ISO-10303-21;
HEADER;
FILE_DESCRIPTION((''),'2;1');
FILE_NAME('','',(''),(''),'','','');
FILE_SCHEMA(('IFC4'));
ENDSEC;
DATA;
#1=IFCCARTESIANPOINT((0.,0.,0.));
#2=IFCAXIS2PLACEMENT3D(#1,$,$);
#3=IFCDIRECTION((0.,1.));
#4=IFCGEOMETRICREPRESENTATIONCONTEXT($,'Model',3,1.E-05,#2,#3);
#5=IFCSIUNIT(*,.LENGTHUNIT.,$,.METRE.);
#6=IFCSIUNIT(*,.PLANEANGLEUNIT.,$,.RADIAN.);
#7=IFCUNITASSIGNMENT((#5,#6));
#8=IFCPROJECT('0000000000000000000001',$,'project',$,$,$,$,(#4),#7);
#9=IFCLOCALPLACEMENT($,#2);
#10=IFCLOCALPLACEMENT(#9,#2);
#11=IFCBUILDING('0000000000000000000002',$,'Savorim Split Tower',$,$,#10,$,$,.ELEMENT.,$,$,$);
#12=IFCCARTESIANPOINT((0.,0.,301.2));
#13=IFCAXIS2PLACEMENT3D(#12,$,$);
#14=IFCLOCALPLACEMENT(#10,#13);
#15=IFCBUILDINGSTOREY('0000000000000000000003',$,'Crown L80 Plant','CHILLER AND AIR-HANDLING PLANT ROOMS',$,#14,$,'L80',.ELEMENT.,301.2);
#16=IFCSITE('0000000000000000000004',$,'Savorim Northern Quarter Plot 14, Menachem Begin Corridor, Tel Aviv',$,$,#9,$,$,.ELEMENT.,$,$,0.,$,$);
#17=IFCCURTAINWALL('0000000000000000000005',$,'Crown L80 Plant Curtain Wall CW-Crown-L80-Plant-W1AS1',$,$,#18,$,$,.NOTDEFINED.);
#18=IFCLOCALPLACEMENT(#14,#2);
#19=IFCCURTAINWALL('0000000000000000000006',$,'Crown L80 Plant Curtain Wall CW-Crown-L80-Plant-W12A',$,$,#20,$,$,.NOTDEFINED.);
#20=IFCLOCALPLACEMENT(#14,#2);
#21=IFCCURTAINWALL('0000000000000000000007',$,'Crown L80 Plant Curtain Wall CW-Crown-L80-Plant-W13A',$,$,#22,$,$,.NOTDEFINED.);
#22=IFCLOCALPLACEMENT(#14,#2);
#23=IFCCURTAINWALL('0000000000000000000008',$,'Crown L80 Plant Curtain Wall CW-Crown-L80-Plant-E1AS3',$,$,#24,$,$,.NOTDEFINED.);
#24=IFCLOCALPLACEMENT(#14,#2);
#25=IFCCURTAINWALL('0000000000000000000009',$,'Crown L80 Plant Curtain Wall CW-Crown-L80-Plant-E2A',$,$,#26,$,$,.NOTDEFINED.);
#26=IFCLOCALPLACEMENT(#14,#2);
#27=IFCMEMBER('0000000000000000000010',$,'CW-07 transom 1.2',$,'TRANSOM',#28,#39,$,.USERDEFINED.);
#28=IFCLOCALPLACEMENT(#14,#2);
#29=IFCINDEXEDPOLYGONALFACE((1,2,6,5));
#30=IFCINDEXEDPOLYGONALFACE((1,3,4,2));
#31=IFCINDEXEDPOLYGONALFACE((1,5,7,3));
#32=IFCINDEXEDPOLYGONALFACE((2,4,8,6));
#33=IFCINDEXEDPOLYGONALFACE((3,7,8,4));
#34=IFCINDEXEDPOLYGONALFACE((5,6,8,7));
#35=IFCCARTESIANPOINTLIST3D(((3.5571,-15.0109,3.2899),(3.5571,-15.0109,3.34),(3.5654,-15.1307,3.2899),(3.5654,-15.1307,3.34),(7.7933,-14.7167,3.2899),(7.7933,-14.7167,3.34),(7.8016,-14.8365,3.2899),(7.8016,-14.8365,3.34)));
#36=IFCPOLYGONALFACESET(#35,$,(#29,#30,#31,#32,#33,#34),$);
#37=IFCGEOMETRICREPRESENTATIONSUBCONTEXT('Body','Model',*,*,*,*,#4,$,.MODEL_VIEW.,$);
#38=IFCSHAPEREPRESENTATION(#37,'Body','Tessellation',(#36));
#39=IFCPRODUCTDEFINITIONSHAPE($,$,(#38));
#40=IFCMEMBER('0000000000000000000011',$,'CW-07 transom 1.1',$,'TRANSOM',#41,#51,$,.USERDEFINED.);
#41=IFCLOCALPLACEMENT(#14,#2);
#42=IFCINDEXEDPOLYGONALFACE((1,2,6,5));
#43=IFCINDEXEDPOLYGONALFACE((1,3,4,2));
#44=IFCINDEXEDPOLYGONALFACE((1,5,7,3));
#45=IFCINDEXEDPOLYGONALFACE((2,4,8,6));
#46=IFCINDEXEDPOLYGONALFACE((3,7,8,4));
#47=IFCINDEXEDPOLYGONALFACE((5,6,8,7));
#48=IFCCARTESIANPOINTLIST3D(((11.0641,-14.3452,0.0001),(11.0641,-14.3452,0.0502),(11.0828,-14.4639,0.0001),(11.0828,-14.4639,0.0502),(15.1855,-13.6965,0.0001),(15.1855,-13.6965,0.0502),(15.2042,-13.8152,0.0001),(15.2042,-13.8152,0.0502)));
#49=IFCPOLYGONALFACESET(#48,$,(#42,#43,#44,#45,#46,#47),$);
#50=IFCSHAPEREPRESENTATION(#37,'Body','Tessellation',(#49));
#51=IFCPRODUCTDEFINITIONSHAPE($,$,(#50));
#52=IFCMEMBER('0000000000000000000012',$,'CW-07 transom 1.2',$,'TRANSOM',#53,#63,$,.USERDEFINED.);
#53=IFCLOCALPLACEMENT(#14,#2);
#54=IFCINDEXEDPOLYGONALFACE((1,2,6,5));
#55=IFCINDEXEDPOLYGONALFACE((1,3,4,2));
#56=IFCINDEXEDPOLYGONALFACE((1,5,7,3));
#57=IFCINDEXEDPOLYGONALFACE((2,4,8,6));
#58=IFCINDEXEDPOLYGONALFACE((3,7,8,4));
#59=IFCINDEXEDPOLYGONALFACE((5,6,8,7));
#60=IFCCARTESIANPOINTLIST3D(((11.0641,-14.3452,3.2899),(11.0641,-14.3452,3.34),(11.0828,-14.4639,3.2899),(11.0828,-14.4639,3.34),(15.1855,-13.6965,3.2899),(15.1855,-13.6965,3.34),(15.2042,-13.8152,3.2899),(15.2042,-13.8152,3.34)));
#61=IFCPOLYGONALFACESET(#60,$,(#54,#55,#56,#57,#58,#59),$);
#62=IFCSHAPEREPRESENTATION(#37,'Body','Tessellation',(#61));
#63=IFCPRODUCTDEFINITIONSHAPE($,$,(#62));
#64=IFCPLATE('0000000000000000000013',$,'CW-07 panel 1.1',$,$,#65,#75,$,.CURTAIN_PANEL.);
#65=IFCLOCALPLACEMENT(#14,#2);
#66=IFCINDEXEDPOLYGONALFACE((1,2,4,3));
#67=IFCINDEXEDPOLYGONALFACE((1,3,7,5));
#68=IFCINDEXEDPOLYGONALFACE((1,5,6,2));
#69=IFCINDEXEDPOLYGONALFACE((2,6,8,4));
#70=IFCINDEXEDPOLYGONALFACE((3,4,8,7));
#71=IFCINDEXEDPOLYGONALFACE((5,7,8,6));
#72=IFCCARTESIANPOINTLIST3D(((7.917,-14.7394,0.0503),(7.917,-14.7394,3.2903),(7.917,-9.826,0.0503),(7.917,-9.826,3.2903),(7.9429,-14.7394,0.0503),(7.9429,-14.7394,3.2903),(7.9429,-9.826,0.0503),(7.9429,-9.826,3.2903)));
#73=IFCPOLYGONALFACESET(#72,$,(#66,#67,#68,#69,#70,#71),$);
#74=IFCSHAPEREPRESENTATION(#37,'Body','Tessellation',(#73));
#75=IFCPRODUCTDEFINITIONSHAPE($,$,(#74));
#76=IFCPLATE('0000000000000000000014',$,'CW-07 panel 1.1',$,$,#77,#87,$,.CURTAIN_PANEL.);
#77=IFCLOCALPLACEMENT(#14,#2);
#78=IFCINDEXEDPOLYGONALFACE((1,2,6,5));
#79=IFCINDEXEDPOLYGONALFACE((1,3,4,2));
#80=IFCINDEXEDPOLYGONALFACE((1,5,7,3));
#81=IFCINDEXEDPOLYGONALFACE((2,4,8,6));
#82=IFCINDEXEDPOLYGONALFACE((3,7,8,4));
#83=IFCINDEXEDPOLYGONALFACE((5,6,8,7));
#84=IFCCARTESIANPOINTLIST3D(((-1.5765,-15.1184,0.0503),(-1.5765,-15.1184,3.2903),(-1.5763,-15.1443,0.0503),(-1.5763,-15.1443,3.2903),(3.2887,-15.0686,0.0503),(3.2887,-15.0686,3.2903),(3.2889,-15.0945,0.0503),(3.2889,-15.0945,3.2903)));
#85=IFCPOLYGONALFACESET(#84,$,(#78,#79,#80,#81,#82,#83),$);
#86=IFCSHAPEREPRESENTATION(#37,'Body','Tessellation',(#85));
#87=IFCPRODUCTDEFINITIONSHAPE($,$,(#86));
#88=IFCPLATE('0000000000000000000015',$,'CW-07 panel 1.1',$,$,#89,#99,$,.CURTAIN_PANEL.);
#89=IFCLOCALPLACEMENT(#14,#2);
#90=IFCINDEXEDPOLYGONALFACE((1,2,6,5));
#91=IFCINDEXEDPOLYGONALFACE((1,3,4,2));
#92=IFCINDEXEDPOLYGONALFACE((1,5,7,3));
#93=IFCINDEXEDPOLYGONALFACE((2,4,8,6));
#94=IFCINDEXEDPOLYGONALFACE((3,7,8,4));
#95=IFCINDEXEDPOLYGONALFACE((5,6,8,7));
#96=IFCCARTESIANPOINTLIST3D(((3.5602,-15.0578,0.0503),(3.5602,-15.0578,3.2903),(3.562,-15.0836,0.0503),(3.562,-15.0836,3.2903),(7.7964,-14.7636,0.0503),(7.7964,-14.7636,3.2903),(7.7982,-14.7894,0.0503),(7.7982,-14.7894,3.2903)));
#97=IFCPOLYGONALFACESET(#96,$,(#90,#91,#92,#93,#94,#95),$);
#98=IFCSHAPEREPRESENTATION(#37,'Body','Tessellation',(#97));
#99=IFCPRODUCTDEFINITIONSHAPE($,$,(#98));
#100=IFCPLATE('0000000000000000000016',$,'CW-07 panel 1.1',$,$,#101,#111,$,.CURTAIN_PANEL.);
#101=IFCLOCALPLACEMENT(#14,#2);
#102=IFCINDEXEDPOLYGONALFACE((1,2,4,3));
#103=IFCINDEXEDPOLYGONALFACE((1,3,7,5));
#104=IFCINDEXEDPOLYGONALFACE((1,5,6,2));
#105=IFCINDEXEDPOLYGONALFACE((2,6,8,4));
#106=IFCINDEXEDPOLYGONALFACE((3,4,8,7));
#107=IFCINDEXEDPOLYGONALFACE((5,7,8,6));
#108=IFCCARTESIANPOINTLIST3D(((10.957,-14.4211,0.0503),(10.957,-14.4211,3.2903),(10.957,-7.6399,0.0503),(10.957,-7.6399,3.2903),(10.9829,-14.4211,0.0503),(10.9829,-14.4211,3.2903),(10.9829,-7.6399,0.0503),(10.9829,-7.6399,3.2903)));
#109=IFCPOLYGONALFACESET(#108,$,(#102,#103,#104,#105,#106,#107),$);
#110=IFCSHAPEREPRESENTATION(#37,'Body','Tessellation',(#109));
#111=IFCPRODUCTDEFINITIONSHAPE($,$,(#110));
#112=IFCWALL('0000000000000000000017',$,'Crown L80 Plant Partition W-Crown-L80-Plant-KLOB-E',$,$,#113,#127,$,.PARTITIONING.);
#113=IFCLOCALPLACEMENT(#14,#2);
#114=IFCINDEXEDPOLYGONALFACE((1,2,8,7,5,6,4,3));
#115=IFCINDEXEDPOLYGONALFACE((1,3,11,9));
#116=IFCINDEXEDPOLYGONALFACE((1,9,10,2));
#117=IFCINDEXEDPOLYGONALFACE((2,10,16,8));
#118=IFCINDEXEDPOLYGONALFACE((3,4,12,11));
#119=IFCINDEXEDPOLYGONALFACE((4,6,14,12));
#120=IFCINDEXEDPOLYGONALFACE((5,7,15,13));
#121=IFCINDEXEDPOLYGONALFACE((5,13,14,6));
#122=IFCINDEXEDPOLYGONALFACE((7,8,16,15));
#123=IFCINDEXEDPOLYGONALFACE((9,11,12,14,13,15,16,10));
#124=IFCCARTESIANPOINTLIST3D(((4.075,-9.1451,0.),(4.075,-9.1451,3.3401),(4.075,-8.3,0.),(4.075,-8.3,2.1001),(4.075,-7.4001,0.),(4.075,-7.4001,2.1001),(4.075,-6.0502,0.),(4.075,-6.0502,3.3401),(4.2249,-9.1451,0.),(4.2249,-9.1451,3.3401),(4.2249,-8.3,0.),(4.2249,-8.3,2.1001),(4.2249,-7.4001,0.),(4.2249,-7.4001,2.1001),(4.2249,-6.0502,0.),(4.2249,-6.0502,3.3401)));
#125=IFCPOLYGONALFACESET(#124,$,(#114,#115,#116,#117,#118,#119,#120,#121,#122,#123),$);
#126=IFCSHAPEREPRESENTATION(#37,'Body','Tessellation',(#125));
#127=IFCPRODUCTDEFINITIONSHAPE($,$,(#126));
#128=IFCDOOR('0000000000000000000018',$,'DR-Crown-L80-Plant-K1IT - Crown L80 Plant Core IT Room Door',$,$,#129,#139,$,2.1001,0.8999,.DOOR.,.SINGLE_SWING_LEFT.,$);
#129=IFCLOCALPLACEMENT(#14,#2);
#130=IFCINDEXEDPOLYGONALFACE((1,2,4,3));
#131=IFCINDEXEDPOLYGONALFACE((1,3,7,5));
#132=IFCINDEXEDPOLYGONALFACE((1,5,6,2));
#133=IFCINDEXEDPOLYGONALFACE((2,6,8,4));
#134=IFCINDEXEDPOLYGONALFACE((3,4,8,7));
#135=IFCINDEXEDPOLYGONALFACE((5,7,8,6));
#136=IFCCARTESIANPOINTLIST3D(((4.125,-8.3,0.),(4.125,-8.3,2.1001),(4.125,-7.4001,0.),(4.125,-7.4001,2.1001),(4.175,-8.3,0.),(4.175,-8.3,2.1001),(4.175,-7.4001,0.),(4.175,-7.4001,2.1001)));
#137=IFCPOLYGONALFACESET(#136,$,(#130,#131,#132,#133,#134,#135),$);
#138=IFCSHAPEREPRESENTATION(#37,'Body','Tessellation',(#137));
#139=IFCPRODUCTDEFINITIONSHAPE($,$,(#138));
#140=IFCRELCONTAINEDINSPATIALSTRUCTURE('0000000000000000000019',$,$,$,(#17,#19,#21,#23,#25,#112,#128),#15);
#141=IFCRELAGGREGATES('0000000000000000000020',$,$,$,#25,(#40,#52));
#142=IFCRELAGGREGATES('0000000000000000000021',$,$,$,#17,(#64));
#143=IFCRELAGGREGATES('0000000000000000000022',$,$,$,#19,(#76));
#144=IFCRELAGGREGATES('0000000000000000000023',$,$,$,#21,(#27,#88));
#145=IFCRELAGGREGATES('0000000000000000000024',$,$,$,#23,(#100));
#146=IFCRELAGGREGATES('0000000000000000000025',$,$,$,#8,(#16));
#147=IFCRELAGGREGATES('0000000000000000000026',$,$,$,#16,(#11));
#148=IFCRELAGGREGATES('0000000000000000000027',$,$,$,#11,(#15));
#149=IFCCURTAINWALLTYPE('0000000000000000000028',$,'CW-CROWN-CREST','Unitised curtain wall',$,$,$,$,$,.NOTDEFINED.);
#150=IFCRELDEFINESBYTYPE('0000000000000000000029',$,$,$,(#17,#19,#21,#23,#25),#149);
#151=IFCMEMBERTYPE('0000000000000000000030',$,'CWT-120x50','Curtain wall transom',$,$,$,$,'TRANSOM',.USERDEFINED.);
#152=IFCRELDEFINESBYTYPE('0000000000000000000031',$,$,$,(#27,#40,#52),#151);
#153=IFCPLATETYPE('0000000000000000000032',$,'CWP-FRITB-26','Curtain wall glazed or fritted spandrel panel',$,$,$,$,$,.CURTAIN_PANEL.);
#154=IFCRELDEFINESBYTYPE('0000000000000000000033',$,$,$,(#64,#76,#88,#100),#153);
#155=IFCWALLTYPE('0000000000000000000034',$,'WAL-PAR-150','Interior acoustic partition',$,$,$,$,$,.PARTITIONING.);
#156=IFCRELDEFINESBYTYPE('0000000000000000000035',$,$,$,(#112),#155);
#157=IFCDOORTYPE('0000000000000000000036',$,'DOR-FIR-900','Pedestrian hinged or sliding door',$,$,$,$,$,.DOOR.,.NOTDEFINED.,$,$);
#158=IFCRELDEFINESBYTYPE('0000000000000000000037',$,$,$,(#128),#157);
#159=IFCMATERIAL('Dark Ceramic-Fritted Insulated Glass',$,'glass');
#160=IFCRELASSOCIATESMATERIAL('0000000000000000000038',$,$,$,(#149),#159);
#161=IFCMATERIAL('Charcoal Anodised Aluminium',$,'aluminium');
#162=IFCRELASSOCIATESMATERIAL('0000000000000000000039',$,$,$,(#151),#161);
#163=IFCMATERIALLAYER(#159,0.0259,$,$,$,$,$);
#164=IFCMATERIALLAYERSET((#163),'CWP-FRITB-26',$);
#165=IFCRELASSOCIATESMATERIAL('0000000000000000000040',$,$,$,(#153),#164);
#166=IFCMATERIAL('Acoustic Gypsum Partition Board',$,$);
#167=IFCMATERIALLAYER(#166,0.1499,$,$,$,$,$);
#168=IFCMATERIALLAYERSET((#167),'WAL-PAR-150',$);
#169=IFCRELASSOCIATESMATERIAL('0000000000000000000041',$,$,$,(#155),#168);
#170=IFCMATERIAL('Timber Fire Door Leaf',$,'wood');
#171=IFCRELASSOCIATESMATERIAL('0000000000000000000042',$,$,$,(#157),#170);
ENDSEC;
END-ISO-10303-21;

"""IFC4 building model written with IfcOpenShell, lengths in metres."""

from ifc_helpers import new_model, si_unit, direction, frame, frame_2d, origin, origin_2d, place, context, subcontext, project, spatial, rectangle, extrude, material, layer, layer_set, material_profile, profile_set, type_object, element, fill, aggregate, save


model = new_model("IFC4")

# Units and contexts
model_context = context("Model", 3, precision=1e-05, world=origin(), true_north=direction((0.0, 1.0)))
body_context = subcontext(model_context, "Body", "Model", "MODEL_VIEW")
ifc_project = project(units=[si_unit("LENGTHUNIT", "METRE"), si_unit("PLANEANGLEUNIT", "RADIAN")], contexts=[model_context])

# Site, building, storey
site_placement = place(None, origin())
site = spatial("IfcSite", under=ifc_project, at=site_placement, Name="Savorim Northern Quarter Plot 14, Menachem Begin Corridor, Tel Aviv", CompositionType="ELEMENT", RefElevation=0.0)
building_placement = place(site_placement, origin())
building = spatial("IfcBuilding", under=site, at=building_placement, Name="Savorim Split Tower", CompositionType="ELEMENT")
storey_placement = place(building_placement, frame((0.0, 0.0, 301.2)))
storey = spatial("IfcBuildingStorey", under=building, at=storey_placement, Name="Crown L80 Plant", Description="CHILLER AND AIR-HANDLING PLANT ROOMS", LongName="L80", CompositionType="ELEMENT", Elevation=301.2)

# Curtain wall
ifc_material_1 = material(Name="Dark Ceramic-Fritted Insulated Glass", Category="glass")
curtain_wall_type = type_object("IfcCurtainWallType", Name="CW-CROWN-CREST", Description="Unitised curtain wall", PredefinedType="NOTDEFINED", material=ifc_material_1)
curtain_wall_1_placement = place(storey_placement, origin())
curtain_wall_1 = element("IfcCurtainWall", 1, at=curtain_wall_1_placement, inside=storey, type_object=curtain_wall_type, Name="Crown L80 Plant Curtain Wall CW-Crown-L80-Plant-W1AS1", PredefinedType="NOTDEFINED")
ifc_material_2 = material(Name="Charcoal Anodised Aluminium", Category="aluminium")

# Curtain wall
curtain_wall_2_placement = place(storey_placement, origin())
curtain_wall_2 = element("IfcCurtainWall", 2, at=curtain_wall_2_placement, inside=storey, type_object=curtain_wall_type, Name="Crown L80 Plant Curtain Wall CW-Crown-L80-Plant-W12A", PredefinedType="NOTDEFINED")

# Curtain wall
curtain_wall_3_placement = place(storey_placement, origin())
curtain_wall_3 = element("IfcCurtainWall", 3, at=curtain_wall_3_placement, inside=storey, type_object=curtain_wall_type, Name="Crown L80 Plant Curtain Wall CW-Crown-L80-Plant-W13A", PredefinedType="NOTDEFINED")

# Curtain walls
curtain_wall_4_placement = place(storey_placement, origin())
curtain_wall_4 = element("IfcCurtainWall", 4, at=curtain_wall_4_placement, inside=storey, type_object=curtain_wall_type, Name="Crown L80 Plant Curtain Wall CW-Crown-L80-Plant-E1AS3", PredefinedType="NOTDEFINED")
curtain_wall_5_placement = place(storey_placement, origin())
curtain_wall_5 = element("IfcCurtainWall", 5, at=curtain_wall_5_placement, inside=storey, type_object=curtain_wall_type, Name="Crown L80 Plant Curtain Wall CW-Crown-L80-Plant-E2A", PredefinedType="NOTDEFINED")

# Members
ifc_material_profile_1 = material_profile(ifc_material_2, rectangle(XDim=0.1201, YDim=0.05, at=origin_2d()), Name="ALU-T 120x50")
ifc_profile_set_1 = profile_set([ifc_material_profile_1], Name="Charcoal Anodised Aluminium")
member_type_1 = type_object("IfcMemberType", Name="CWT-120x50", Description="Curtain wall transom", ElementType="TRANSOM", PredefinedType="USERDEFINED", material=ifc_profile_set_1)
member_1_placement = place(storey_placement, frame((3.5613, -15.0708, 3.3149), z_axis=(0.997597, 0.069282, 0.0), x_axis=(-0.069282, 0.997597, 0.0)))
member_1 = element("IfcMember", 6, at=member_1_placement, type_object=member_type_1, Name="CW-07 transom 1.2", ObjectType="TRANSOM", PredefinedType="USERDEFINED", context=body_context, shape_type="SweptSolid", body=[
    extrude(rectangle(XDim=0.1201, YDim=0.05, at=origin_2d()), origin(), (0.0, 0.0, 1.0), 4.2463),
])
member_2_placement = place(storey_placement, frame((11.0735, -14.4045, 0.0251), z_axis=(0.987839, 0.155482, 0.0), x_axis=(-0.155482, 0.987839, 0.0)))
member_2 = element("IfcMember", 7, at=member_2_placement, type_object=member_type_1, Name="CW-07 transom 1.1", ObjectType="TRANSOM", PredefinedType="USERDEFINED", context=body_context, shape_type="SweptSolid", body=[
    extrude(rectangle(XDim=0.1201, YDim=0.05, at=origin_2d()), origin(), (0.0, 0.0, 1.0), 4.1721),
])
member_3_placement = place(storey_placement, frame((11.0735, -14.4045, 3.3149), z_axis=(0.987839, 0.155482, 0.0), x_axis=(-0.155482, 0.987839, 0.0)))
member_3 = element("IfcMember", 8, at=member_3_placement, type_object=member_type_1, Name="CW-07 transom 1.2", ObjectType="TRANSOM", PredefinedType="USERDEFINED", context=body_context, shape_type="SweptSolid", body=[
    extrude(rectangle(XDim=0.1201, YDim=0.05, at=origin_2d()), origin(), (0.0, 0.0, 1.0), 4.1721),
])
aggregate(curtain_wall_5, [member_2, member_3])

# Plates
ifc_layer_1 = layer(ifc_material_1, 0.0259)
ifc_layer_set_1 = layer_set([ifc_layer_1], Name="CWP-FRITB-26")
plate_type = type_object("IfcPlateType", Name="CWP-FRITB-26", Description="Curtain wall glazed or fritted spandrel panel", PredefinedType="CURTAIN_PANEL", material=ifc_layer_set_1)
plate_1_placement = place(storey_placement, frame((7.9299, -12.2827, 0.0503), z_axis=(0.0, 0.0, 1.0), x_axis=(0.0, 1.0, 0.0)))
plate_1 = element("IfcPlate", 9, at=plate_1_placement, type_object=plate_type, Name="CW-07 panel 1.1", PredefinedType="CURTAIN_PANEL", context=body_context, shape_type="SweptSolid", body=[
    extrude(rectangle(XDim=4.9133, YDim=0.0259, at=origin_2d()), origin(), (0.0, 0.0, 1.0), 3.24),
])
aggregate(curtain_wall_1, [plate_1])
plate_2_placement = place(storey_placement, frame((0.8562, -15.1064, 0.0503), z_axis=(0.0, 0.0, 1.0), x_axis=(0.999948, 0.01023, 0.0)))
plate_2 = element("IfcPlate", 10, at=plate_2_placement, type_object=plate_type, Name="CW-07 panel 1.1", PredefinedType="CURTAIN_PANEL", context=body_context, shape_type="SweptSolid", body=[
    extrude(rectangle(XDim=4.8655, YDim=0.0259, at=origin_2d()), origin(), (0.0, 0.0, 1.0), 3.24),
])
aggregate(curtain_wall_2, [plate_2])
plate_3_placement = place(storey_placement, frame((5.6792, -14.9236, 0.0503), z_axis=(0.0, 0.0, 1.0), x_axis=(0.997597, 0.069281, 0.0)))
plate_3 = element("IfcPlate", 11, at=plate_3_placement, type_object=plate_type, Name="CW-07 panel 1.1", PredefinedType="CURTAIN_PANEL", context=body_context, shape_type="SweptSolid", body=[
    extrude(rectangle(XDim=4.2463, YDim=0.0259, at=origin_2d()), origin(), (0.0, 0.0, 1.0), 3.24),
])
aggregate(curtain_wall_3, [member_1, plate_3])
plate_4_placement = place(storey_placement, frame((10.97, -11.0305, 0.0503), z_axis=(0.0, 0.0, 1.0), x_axis=(0.0, -1.0, 0.0)))
plate_4 = element("IfcPlate", 12, at=plate_4_placement, type_object=plate_type, Name="CW-07 panel 1.1", PredefinedType="CURTAIN_PANEL", context=body_context, shape_type="SweptSolid", body=[
    extrude(rectangle(XDim=6.7812, YDim=0.0259, at=origin_2d()), origin(), (0.0, 0.0, 1.0), 3.24),
])
aggregate(curtain_wall_4, [plate_4])

# Wall, opening, door
ifc_material_3 = material(Name="Acoustic Gypsum Partition Board")
ifc_layer_2 = layer(ifc_material_3, 0.1499)
ifc_layer_set_2 = layer_set([ifc_layer_2], Name="WAL-PAR-150")
wall_type = type_object("IfcWallType", Name="WAL-PAR-150", Description="Interior acoustic partition", PredefinedType="PARTITIONING", material=ifc_layer_set_2)
wall_placement = place(storey_placement, frame((4.1499, -9.145, 0.0), z_axis=(0.0, 0.0, 1.0), x_axis=(0.0, 1.0, 0.0)))
wall = element("IfcWall", 13, at=wall_placement, inside=storey, type_object=wall_type, Name="Crown L80 Plant Partition W-Crown-L80-Plant-KLOB-E", PredefinedType="PARTITIONING", context=body_context, shape_type="SweptSolid", body=[
    extrude(rectangle(XDim=3.095, YDim=0.1499, at=frame_2d((1.5474, 0.0))), origin(), (0.0, 0.0, 1.0), 3.3401),
])
opening_placement = place(wall_placement, frame((0.845, 0.0, 0.0)))
opening = element("IfcOpeningElement", 14, at=opening_placement, cuts=wall, PredefinedType="OPENING", context=body_context, shape_type="SweptSolid", body=[
    extrude(rectangle(XDim=0.8999, YDim=2.1001, at=frame_2d((0.45, 1.05))), frame((0.0, 0.085, 0.0), z_axis=(0.0, -1.0, 0.0), x_axis=(1.0, 0.0, 0.0)), (0.0, 0.0, 1.0), 0.1699),
])
ifc_material_4 = material(Name="Timber Fire Door Leaf", Category="wood")
door_type = type_object("IfcDoorType", Name="DOR-FIR-900", Description="Pedestrian hinged or sliding door", OperationType="NOTDEFINED", PredefinedType="DOOR", material=ifc_material_4)
door_placement = place(opening_placement, origin())
door = element("IfcDoor", 15, at=door_placement, inside=storey, type_object=door_type, Name="DR-Crown-L80-Plant-K1IT - Crown L80 Plant Core IT Room Door", OperationType="SINGLE_SWING_LEFT", OverallHeight=2.1001, OverallWidth=0.8999, PredefinedType="DOOR", context=body_context, shape_type="SweptSolid", body=[
    extrude(rectangle(XDim=0.8999, YDim=2.1001, at=frame_2d((0.45, 1.05))), frame((0.0, 0.0249, 0.0), z_axis=(0.0, -1.0, 0.0), x_axis=(1.0, 0.0, 0.0)), (0.0, 0.0, 1.0), 0.05),
])
fill(opening, door)

save(model, "model.ifc")
